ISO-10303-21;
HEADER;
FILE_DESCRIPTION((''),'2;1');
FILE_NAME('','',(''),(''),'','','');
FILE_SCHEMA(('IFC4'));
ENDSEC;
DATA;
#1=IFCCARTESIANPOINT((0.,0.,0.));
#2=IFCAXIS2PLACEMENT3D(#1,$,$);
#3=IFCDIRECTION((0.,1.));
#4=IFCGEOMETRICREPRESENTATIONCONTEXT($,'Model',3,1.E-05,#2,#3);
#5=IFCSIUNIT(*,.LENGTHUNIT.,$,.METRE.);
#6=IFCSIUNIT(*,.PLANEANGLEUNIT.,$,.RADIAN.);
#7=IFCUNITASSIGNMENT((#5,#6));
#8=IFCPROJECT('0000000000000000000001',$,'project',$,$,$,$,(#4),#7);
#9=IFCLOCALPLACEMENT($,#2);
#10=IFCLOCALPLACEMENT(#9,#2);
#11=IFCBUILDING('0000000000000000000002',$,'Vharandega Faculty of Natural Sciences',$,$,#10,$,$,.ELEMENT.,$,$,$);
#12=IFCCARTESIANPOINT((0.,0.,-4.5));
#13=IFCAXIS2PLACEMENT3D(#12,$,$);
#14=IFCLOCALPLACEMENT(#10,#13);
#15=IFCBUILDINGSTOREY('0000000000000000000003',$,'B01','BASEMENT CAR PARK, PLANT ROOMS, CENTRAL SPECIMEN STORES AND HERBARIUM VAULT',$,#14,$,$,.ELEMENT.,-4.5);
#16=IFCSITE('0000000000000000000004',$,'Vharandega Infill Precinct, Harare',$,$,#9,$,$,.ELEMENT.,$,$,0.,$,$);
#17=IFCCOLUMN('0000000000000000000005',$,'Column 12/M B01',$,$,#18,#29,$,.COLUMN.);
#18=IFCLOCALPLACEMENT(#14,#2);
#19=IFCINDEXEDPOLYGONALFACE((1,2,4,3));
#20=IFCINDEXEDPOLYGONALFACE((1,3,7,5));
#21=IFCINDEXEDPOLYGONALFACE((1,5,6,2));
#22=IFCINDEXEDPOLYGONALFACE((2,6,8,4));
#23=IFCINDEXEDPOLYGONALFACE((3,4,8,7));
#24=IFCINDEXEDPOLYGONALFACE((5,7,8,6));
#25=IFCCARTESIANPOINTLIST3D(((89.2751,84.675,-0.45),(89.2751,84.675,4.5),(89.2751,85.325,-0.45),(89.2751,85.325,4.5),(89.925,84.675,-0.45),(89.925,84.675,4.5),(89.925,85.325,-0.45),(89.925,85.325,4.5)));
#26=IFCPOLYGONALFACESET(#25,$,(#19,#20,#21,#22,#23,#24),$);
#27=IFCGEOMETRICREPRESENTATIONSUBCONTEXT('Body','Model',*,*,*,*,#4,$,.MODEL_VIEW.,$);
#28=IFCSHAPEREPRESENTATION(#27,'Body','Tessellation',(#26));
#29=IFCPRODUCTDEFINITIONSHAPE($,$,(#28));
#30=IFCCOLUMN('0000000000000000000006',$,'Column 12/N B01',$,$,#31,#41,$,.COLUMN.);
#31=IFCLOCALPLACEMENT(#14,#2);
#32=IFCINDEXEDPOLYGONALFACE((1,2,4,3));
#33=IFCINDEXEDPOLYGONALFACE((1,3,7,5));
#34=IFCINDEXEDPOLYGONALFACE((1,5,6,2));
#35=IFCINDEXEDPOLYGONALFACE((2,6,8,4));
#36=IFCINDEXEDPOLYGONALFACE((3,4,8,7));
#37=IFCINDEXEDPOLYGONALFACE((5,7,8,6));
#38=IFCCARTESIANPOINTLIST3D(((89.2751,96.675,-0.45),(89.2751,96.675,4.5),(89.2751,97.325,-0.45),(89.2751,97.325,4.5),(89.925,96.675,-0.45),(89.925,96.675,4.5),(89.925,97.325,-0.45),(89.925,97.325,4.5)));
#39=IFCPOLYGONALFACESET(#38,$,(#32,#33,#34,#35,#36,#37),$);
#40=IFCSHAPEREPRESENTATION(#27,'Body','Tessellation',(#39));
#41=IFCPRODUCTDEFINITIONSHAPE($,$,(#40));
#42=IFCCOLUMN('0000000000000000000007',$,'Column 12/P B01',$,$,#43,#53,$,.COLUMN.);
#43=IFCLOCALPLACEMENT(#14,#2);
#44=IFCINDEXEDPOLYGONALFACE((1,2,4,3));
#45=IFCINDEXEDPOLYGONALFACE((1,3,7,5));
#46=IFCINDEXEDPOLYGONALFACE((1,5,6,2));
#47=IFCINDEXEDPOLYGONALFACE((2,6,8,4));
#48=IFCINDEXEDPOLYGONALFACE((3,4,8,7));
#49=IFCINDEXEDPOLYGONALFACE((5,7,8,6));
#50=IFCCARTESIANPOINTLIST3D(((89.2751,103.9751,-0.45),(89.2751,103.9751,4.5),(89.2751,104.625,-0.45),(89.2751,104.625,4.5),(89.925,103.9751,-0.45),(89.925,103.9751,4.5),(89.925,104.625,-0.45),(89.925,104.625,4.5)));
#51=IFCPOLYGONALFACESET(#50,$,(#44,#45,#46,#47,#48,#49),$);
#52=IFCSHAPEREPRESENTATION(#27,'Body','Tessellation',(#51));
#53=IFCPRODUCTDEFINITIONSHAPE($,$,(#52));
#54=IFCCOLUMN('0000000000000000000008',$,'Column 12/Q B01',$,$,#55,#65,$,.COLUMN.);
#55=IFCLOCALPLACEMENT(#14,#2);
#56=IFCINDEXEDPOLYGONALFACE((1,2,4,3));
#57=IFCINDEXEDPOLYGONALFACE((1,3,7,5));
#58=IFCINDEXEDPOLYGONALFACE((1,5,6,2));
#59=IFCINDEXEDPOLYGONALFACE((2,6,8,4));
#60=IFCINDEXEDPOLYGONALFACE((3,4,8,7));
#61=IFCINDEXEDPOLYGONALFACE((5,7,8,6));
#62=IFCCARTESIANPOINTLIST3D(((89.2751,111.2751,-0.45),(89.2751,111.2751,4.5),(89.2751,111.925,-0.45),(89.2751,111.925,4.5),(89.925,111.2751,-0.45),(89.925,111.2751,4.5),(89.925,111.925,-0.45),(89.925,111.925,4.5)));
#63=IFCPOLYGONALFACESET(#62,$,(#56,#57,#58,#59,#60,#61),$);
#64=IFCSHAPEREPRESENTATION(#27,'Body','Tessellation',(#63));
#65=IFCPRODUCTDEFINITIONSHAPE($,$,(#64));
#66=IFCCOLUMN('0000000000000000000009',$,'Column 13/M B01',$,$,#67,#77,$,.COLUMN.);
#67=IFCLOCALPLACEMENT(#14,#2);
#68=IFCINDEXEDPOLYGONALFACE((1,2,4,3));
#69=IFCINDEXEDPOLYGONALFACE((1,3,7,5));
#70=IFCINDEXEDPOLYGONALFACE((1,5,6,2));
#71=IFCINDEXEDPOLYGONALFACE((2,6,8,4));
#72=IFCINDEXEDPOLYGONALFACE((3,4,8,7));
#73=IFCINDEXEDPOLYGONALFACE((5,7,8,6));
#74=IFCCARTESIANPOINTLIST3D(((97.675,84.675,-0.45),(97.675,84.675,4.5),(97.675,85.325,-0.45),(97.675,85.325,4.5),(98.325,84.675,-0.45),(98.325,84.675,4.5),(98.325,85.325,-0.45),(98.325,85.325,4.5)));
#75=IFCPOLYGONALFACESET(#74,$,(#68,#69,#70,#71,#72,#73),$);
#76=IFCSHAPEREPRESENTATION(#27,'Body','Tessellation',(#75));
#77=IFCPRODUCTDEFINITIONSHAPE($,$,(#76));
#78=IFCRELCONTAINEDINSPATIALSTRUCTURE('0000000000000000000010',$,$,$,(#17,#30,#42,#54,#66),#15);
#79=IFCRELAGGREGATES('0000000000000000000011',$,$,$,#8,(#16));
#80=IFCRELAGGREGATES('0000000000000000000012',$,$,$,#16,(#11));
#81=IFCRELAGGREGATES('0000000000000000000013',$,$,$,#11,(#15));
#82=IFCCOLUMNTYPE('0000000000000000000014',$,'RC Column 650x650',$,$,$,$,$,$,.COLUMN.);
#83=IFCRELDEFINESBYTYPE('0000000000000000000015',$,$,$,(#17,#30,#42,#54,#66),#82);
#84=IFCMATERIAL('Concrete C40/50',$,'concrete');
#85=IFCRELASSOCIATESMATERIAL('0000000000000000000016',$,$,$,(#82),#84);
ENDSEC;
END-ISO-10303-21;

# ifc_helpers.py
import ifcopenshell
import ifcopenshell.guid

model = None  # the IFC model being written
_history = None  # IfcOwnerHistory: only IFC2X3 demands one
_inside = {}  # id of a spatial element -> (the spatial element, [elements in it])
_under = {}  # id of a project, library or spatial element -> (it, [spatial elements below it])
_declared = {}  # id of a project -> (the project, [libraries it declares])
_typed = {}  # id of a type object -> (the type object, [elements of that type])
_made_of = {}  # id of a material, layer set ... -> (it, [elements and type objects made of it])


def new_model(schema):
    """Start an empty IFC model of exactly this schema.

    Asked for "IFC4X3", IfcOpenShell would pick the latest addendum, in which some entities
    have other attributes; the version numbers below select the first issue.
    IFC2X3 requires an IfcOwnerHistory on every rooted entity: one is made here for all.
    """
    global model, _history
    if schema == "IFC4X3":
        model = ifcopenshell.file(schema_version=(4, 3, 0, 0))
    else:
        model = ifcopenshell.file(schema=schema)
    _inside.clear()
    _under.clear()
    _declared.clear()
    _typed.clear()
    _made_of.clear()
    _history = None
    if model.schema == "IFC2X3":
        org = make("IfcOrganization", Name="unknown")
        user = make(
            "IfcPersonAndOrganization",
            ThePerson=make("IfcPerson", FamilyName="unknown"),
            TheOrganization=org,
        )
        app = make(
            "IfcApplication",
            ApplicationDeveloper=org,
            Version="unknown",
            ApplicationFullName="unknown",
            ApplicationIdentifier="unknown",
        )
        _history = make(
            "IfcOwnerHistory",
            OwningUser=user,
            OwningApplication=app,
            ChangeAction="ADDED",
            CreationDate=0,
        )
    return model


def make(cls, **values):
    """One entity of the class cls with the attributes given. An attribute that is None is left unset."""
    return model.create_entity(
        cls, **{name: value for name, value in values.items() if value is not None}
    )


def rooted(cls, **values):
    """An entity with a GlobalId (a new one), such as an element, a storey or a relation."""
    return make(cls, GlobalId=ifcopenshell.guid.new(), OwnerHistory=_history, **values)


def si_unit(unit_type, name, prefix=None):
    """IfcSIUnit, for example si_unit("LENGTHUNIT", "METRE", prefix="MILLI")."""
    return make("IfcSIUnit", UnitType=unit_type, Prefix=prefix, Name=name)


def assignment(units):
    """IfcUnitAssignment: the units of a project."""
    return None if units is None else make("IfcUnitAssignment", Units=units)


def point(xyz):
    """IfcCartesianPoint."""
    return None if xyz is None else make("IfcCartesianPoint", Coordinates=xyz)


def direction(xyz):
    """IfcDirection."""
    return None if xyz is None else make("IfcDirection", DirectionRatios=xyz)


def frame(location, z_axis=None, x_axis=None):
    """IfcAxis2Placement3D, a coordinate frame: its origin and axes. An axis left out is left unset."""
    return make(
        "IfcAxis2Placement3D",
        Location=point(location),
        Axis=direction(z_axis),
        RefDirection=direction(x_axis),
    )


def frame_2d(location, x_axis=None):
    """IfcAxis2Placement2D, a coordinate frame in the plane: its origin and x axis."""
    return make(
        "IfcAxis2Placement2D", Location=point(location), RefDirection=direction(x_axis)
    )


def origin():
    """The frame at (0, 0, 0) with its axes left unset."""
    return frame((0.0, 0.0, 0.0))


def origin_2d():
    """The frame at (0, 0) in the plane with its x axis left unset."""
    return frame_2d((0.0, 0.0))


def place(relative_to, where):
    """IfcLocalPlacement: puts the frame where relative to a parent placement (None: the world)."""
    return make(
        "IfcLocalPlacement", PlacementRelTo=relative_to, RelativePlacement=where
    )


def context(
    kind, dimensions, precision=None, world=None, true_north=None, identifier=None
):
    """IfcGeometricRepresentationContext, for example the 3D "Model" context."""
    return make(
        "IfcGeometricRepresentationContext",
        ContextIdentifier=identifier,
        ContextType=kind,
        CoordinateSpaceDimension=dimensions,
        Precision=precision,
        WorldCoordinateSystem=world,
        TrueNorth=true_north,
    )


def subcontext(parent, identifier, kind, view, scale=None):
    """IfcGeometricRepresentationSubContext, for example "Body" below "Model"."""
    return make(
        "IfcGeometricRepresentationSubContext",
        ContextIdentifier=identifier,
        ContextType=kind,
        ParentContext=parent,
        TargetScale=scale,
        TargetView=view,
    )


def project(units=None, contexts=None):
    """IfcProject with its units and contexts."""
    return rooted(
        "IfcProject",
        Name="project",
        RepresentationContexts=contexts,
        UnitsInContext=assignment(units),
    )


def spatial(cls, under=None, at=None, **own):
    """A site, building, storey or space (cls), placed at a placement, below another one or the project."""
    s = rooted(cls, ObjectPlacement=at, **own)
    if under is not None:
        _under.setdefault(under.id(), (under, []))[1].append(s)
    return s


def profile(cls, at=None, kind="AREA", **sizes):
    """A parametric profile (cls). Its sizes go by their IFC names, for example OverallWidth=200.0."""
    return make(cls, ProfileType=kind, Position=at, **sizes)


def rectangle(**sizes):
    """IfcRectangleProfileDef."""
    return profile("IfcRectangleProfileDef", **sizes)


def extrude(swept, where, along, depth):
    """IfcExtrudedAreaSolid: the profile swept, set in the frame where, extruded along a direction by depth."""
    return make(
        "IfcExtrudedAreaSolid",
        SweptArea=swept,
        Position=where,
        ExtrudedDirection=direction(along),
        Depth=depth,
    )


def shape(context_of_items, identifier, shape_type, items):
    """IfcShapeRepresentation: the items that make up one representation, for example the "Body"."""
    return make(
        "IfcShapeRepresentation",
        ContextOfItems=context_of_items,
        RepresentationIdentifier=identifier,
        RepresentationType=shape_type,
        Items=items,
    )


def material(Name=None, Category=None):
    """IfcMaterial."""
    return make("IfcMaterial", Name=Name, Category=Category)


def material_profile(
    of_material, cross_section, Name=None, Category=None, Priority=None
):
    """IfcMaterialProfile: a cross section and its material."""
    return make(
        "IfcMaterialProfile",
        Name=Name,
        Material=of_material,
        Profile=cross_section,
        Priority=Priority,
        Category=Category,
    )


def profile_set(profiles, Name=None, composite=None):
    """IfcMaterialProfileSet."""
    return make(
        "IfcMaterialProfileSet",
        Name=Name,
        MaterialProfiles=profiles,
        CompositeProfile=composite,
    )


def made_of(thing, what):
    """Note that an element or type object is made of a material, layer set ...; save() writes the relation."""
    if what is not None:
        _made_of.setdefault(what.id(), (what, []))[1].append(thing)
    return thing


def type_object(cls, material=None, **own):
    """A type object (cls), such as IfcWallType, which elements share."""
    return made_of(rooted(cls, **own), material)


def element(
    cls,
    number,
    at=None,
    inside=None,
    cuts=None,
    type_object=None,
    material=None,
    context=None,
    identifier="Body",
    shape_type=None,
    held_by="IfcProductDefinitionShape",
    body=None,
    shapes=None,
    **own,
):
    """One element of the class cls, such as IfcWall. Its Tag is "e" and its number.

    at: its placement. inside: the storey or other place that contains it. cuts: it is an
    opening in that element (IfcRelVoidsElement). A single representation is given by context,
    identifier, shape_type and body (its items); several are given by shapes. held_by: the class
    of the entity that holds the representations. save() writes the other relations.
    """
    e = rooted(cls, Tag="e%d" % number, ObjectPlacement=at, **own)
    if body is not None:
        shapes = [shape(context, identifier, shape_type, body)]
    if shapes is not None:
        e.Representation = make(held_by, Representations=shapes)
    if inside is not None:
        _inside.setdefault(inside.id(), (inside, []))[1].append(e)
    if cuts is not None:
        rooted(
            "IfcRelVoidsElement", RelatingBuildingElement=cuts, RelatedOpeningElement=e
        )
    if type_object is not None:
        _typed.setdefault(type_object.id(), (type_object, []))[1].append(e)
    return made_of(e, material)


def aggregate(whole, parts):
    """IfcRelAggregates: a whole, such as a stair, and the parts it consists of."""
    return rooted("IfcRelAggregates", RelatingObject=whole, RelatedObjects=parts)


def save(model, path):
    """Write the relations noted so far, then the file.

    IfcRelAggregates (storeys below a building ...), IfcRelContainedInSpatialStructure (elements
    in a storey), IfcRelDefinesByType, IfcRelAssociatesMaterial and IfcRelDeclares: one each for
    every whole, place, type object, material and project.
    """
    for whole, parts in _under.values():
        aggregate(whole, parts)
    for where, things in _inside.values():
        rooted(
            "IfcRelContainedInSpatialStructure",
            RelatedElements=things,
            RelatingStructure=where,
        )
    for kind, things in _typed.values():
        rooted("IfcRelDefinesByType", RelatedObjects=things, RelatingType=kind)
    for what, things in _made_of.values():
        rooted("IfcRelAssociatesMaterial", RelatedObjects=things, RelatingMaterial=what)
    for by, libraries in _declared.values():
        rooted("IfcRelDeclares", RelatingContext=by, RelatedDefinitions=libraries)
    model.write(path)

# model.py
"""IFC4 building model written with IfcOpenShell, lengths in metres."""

from ifc_helpers import new_model, si_unit, direction, frame, origin, origin_2d, place, context, subcontext, project, spatial, rectangle, extrude, material, material_profile, profile_set, type_object, element, save


model = new_model("IFC4")

# Units and contexts
model_context = context("Model", 3, precision=1e-05, world=origin(), true_north=direction((0.0, 1.0)))
body_context = subcontext(model_context, "Body", "Model", "MODEL_VIEW")
ifc_project = project(units=[si_unit("LENGTHUNIT", "METRE"), si_unit("PLANEANGLEUNIT", "RADIAN")], contexts=[model_context])

# Site, building, storey
site_placement = place(None, origin())
site = spatial("IfcSite", under=ifc_project, at=site_placement, Name="Vharandega Infill Precinct, Harare", CompositionType="ELEMENT", RefElevation=0.0)
building_placement = place(site_placement, origin())
building = spatial("IfcBuilding", under=site, at=building_placement, Name="Vharandega Faculty of Natural Sciences", CompositionType="ELEMENT")
storey_placement = place(building_placement, frame((0.0, 0.0, -4.5)))
storey = spatial("IfcBuildingStorey", under=building, at=storey_placement, Name="B01", Description="BASEMENT CAR PARK, PLANT ROOMS, CENTRAL SPECIMEN STORES AND HERBARIUM VAULT", CompositionType="ELEMENT", Elevation=-4.5)

# Columns
ifc_material_1 = material(Name="Concrete C40/50", Category="concrete")
ifc_material_profile_1 = material_profile(ifc_material_1, rectangle(XDim=0.6499, YDim=0.6499, at=origin_2d()), Name="RC 650x650")
ifc_profile_set_1 = profile_set([ifc_material_profile_1], Name="Concrete C40/50")
column_type = type_object("IfcColumnType", Name="RC Column 650x650", PredefinedType="COLUMN", material=ifc_profile_set_1)
for number, where, z_axis, x_axis, name in (
    (1, (89.6001, 85.0, -0.45), (0.0, 0.0, 1.0), (1.0, 0.0, 0.0), "Column 12/M B01"),
    (2, (89.6001, 97.0, -0.45), (0.0, 0.0, 1.0), (1.0, 0.0, 0.0), "Column 12/N B01"),
    (3, (89.6001, 104.3, -0.45), (0.0, 0.0, 1.0), (1.0, 0.0, 0.0), "Column 12/P B01"),
    (4, (89.6001, 111.6001, -0.45), (0.0, 0.0, 1.0), (1.0, 0.0, 0.0), "Column 12/Q B01"),
    (5, (98.0, 85.0, -0.45), (0.0, 0.0, 1.0), (1.0, 0.0, 0.0), "Column 13/M B01"),
):
    element("IfcColumn", number, at=place(storey_placement, frame(where, z_axis=z_axis, x_axis=x_axis)), inside=storey, type_object=column_type, Name=name, PredefinedType="COLUMN", context=body_context, shape_type="SweptSolid", body=[
        extrude(rectangle(XDim=0.6499, YDim=0.6499, at=origin_2d()), origin(), (0.0, 0.0, 1.0), 4.95),
    ])

save(model, "model.ifc")
